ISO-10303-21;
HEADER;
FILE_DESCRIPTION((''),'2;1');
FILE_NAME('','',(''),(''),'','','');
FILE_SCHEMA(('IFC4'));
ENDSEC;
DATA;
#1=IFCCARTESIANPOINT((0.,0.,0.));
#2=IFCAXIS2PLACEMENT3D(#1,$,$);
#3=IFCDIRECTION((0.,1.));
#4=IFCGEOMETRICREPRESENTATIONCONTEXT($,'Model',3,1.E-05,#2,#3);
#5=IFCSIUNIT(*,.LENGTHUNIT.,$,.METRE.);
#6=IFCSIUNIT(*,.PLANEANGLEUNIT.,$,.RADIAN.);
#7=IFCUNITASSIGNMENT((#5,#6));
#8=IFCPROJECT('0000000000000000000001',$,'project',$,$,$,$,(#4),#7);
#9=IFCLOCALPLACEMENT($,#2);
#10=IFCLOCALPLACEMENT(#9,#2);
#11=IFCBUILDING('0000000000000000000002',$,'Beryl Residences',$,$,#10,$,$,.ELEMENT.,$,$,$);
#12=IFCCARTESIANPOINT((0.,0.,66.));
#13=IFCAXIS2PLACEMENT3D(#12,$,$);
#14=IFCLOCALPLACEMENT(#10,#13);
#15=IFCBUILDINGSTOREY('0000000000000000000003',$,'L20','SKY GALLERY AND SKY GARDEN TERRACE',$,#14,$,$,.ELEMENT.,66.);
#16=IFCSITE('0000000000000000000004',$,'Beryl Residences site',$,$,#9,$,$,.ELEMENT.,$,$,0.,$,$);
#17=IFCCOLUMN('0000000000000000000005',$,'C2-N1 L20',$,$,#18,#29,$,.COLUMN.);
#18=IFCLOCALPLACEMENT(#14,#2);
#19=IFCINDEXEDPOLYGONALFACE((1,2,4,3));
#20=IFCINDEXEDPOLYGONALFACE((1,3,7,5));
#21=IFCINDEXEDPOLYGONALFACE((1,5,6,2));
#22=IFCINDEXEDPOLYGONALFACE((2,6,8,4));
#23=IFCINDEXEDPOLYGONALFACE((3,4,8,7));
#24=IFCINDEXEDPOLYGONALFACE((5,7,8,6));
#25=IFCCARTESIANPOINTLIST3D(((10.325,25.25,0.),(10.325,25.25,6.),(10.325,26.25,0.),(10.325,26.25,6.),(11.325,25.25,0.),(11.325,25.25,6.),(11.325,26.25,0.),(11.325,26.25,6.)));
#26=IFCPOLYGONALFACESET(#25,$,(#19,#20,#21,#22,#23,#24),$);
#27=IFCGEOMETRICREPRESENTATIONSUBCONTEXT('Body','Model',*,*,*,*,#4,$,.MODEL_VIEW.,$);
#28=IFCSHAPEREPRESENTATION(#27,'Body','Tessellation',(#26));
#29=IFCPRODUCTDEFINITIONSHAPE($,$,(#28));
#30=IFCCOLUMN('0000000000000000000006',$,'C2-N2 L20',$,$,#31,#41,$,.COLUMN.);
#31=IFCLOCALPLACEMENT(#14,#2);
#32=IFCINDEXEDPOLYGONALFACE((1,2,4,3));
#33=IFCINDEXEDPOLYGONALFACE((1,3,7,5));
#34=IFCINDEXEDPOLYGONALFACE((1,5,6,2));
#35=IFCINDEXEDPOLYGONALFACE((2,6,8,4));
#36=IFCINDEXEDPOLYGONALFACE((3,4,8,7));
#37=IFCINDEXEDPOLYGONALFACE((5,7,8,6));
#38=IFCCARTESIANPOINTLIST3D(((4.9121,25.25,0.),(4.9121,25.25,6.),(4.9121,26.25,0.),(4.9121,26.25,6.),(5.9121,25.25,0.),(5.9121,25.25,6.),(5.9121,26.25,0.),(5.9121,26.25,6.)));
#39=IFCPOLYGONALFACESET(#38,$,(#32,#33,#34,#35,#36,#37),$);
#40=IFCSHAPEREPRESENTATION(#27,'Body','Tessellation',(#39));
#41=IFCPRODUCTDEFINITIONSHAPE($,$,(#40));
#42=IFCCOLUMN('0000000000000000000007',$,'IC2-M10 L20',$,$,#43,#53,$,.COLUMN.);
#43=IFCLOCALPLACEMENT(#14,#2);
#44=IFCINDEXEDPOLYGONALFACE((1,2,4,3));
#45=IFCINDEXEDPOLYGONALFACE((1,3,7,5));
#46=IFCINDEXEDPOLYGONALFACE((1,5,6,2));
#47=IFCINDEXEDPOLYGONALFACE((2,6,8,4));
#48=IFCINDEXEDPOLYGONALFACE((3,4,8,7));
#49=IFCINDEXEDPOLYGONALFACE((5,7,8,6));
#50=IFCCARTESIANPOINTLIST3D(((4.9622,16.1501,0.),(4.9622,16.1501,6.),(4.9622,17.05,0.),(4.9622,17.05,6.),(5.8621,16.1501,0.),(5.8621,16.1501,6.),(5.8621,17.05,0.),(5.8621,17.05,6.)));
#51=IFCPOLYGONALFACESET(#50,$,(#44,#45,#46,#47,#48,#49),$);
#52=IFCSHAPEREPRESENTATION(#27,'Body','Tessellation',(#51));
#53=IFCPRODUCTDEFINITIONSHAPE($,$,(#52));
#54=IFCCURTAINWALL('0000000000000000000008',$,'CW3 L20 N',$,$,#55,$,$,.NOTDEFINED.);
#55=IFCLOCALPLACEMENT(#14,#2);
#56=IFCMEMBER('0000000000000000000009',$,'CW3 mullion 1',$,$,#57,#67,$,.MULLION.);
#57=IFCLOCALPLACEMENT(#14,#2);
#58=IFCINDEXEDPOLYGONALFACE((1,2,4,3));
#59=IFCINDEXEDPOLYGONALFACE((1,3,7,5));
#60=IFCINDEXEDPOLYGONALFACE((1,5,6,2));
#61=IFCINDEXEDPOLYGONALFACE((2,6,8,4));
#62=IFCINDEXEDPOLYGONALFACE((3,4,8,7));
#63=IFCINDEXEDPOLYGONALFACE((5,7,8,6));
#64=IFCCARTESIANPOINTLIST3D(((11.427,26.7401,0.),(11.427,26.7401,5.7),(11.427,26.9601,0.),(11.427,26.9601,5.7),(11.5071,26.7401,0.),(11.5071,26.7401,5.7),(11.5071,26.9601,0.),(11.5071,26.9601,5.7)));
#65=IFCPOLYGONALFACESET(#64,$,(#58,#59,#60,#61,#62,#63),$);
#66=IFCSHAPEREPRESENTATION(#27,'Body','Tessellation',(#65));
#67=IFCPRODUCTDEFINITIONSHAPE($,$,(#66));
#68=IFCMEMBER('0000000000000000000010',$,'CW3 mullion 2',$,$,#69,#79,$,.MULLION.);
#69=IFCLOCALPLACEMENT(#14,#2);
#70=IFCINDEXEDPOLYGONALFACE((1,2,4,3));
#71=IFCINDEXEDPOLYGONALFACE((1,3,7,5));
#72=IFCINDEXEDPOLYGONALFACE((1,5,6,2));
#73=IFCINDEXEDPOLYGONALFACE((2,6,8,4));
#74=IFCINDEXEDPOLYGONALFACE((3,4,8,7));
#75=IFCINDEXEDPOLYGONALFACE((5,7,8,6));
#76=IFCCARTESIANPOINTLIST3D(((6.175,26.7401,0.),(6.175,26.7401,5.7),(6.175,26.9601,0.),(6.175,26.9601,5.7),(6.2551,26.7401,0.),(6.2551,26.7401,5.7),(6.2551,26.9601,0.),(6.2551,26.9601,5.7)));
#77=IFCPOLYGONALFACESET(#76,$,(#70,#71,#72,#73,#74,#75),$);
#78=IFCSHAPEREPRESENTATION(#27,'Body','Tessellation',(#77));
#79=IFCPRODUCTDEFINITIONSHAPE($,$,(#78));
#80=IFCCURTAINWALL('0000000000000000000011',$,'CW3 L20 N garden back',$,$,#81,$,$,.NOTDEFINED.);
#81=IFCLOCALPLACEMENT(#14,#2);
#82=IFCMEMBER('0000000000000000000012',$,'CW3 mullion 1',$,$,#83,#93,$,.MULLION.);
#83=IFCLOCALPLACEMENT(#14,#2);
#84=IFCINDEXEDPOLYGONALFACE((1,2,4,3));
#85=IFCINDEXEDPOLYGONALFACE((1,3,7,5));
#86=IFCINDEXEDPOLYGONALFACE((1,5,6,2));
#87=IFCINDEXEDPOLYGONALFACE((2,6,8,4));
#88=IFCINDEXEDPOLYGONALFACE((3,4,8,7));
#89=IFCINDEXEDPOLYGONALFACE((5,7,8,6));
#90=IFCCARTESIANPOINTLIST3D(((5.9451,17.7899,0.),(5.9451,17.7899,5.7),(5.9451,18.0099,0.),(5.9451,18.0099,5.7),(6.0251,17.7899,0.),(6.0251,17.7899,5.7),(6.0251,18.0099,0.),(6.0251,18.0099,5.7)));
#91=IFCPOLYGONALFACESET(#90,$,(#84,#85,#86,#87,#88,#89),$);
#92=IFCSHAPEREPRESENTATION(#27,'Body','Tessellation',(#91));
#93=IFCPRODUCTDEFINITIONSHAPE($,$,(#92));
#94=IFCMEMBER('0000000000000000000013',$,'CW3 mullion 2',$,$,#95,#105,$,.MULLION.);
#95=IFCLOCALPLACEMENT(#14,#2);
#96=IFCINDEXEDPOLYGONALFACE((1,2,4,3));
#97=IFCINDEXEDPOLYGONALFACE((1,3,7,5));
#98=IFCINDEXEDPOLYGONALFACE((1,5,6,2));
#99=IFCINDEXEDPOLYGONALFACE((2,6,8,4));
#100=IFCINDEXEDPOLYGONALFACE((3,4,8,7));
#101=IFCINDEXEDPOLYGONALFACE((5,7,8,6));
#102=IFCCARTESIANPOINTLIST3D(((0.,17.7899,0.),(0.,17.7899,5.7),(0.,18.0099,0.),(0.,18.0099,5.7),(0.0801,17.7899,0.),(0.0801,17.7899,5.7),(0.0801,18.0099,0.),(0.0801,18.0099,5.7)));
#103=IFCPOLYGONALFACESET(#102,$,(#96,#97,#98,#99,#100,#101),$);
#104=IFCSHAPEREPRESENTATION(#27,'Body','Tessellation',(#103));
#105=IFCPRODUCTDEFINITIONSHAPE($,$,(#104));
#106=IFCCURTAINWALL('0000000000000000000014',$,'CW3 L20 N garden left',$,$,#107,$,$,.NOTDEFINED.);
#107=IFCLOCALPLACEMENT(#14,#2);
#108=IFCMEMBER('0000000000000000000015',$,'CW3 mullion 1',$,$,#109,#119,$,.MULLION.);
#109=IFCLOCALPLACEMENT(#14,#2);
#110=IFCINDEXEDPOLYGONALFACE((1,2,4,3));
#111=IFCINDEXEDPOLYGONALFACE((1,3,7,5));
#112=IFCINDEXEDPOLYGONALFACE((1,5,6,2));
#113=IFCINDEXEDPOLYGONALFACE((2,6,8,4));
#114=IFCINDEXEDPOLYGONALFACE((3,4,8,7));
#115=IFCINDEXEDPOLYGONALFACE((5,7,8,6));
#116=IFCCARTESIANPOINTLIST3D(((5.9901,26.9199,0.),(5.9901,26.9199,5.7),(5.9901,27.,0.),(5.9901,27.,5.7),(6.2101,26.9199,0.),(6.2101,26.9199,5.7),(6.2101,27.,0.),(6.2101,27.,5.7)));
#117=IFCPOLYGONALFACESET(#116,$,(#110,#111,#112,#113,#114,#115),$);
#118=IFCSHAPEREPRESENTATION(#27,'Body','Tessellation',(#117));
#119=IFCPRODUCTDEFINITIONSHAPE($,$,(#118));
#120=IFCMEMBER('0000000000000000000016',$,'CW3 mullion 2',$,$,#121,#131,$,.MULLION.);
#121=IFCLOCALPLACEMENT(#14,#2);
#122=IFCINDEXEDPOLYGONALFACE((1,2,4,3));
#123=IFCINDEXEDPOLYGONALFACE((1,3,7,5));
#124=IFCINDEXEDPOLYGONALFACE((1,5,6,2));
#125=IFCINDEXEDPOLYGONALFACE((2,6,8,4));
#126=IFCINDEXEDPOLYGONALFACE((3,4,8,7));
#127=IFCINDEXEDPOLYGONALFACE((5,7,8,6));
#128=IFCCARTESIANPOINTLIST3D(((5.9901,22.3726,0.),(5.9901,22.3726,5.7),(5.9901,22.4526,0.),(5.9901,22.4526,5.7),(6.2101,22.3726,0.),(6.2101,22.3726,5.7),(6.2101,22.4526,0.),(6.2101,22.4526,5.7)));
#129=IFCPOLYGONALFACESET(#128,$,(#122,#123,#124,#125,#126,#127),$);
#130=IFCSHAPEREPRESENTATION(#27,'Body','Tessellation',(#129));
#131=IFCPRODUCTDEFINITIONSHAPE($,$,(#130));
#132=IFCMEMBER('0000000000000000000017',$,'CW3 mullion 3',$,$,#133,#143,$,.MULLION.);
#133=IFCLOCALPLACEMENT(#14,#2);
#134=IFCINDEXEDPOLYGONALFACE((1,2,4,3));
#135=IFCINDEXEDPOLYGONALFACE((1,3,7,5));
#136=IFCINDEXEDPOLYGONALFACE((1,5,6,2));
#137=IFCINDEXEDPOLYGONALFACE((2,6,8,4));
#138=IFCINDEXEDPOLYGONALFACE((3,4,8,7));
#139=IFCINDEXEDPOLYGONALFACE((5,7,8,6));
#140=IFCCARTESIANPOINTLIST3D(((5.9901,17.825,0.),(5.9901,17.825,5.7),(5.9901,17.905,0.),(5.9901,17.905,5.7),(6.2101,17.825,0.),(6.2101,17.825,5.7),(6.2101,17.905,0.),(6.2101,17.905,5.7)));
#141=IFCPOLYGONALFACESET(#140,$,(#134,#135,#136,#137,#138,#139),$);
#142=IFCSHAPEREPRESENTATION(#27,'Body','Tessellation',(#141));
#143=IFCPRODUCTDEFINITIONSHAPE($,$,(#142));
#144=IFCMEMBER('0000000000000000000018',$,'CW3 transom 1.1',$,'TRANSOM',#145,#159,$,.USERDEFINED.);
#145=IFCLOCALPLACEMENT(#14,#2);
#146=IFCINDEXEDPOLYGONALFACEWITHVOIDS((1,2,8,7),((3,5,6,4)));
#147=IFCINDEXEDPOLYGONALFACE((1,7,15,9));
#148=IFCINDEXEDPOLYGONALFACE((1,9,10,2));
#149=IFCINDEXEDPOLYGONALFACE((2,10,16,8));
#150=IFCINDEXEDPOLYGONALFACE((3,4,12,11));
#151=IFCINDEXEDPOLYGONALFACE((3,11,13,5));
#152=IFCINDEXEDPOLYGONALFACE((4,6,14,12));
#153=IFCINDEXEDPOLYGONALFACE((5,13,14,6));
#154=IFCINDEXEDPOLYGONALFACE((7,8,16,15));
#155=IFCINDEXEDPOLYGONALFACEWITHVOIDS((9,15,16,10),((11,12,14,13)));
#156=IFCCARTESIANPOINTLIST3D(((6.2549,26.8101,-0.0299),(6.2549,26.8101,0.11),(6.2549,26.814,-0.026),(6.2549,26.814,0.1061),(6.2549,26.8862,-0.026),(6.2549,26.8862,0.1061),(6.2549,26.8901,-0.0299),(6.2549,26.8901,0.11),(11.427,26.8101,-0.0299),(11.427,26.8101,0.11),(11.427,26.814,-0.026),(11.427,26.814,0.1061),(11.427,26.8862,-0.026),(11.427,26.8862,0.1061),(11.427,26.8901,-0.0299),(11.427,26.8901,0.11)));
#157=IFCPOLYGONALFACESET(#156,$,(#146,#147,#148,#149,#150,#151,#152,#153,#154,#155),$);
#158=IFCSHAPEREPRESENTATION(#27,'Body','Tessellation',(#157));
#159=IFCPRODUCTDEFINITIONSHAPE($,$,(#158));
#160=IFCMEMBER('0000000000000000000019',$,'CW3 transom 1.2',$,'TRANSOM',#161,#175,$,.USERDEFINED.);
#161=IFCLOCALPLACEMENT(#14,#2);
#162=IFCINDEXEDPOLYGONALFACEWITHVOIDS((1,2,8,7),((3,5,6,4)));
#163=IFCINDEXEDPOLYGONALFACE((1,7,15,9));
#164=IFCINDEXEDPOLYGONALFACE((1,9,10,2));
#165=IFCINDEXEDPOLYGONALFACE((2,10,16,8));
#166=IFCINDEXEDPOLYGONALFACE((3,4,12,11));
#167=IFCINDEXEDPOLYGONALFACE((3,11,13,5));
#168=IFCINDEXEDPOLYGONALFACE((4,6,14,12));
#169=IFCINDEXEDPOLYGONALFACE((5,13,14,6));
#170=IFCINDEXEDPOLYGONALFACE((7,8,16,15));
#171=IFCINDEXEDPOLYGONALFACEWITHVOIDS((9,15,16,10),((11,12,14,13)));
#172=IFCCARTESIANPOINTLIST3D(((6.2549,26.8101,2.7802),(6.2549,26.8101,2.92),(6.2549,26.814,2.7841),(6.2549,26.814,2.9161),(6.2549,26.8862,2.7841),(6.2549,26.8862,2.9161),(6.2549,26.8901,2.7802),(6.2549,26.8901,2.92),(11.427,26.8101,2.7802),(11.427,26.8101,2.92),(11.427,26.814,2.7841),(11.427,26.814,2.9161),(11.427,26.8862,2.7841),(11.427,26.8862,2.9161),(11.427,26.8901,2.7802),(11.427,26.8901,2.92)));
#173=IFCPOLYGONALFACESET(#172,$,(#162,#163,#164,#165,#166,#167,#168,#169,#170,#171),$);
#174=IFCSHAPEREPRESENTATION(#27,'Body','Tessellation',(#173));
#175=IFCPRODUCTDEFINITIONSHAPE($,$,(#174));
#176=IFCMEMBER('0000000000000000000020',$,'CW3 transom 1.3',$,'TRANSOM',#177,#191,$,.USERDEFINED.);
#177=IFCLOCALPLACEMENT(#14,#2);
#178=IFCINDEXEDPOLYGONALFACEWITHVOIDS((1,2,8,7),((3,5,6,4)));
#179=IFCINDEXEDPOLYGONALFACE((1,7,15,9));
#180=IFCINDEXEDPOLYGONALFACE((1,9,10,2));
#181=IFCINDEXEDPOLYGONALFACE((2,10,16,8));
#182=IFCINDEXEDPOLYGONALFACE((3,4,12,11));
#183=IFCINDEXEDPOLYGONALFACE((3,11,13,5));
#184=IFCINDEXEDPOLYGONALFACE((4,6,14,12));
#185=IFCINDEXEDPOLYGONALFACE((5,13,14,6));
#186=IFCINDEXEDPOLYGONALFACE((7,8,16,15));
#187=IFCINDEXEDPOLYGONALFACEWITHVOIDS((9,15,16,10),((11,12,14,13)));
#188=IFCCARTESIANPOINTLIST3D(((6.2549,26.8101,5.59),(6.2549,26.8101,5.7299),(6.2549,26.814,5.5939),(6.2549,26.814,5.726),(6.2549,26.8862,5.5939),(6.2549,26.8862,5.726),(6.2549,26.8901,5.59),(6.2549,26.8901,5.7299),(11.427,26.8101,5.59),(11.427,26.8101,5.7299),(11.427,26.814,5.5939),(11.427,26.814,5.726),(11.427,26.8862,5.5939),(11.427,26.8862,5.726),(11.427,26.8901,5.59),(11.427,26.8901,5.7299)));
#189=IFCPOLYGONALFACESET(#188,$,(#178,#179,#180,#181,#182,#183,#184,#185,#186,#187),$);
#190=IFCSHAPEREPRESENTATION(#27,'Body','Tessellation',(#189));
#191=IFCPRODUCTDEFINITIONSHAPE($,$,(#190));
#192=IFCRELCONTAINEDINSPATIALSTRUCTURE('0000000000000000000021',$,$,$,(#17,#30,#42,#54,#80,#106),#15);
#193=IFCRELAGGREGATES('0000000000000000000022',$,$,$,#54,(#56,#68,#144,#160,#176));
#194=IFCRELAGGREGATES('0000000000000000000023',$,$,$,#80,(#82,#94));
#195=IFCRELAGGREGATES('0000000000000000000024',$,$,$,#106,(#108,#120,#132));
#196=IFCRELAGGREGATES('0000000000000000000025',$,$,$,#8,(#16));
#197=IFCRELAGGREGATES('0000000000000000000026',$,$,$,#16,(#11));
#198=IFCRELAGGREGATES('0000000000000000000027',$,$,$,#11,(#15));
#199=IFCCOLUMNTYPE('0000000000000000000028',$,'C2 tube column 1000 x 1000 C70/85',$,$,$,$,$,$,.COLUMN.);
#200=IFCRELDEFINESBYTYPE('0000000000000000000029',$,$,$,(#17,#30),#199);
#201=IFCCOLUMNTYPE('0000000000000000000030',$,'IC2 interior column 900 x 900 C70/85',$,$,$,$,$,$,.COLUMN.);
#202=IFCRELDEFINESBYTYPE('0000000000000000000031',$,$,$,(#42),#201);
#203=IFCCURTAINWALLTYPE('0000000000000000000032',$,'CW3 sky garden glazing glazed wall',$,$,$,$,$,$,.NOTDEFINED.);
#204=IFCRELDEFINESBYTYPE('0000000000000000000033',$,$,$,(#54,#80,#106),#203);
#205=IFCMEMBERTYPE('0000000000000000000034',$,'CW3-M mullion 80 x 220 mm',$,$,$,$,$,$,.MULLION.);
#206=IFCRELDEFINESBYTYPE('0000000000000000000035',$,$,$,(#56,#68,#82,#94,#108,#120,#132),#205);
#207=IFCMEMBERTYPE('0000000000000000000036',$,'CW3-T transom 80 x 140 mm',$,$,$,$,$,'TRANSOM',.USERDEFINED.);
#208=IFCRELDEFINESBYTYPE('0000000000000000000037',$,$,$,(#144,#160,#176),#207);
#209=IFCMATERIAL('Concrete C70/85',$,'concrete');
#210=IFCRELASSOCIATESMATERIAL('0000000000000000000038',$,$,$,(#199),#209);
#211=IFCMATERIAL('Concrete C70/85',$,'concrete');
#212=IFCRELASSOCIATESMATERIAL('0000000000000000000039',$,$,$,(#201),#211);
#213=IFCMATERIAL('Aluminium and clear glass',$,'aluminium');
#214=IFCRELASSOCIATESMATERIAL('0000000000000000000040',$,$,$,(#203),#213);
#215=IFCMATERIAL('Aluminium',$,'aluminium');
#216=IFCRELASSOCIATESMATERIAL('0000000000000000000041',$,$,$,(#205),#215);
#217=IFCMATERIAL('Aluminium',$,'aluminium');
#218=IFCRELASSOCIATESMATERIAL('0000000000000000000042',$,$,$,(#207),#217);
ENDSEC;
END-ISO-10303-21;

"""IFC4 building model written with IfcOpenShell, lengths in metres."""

from ifc_helpers import new_model, si_unit, direction, frame, origin, origin_2d, place, context, subcontext, project, spatial, rectangle, hollow_rectangle, extrude, material, material_profile, profile_set, type_object, element, aggregate, save


model = new_model("IFC4")

# Units and contexts
model_context = context("Model", 3, precision=1e-05, world=origin(), true_north=direction((0.0, 1.0)))
body_context = subcontext(model_context, "Body", "Model", "MODEL_VIEW")
ifc_project = project(units=[si_unit("LENGTHUNIT", "METRE"), si_unit("PLANEANGLEUNIT", "RADIAN")], contexts=[model_context])

# Site, building, storey
site_placement = place(None, origin())
site = spatial("IfcSite", under=ifc_project, at=site_placement, Name="Beryl Residences site", CompositionType="ELEMENT", RefElevation=0.0)
building_placement = place(site_placement, origin())
building = spatial("IfcBuilding", under=site, at=building_placement, Name="Beryl Residences", CompositionType="ELEMENT")
storey_placement = place(building_placement, frame((0.0, 0.0, 66.0)))
storey = spatial("IfcBuildingStorey", under=building, at=storey_placement, Name="L20", Description="SKY GALLERY AND SKY GARDEN TERRACE", CompositionType="ELEMENT", Elevation=66.0)

# Columns
ifc_material_1 = material(Name="Concrete C70/85", Category="concrete")
ifc_material_profile_1 = material_profile(ifc_material_1, rectangle(XDim=1.0, YDim=1.0, at=origin_2d()))
ifc_profile_set_1 = profile_set([ifc_material_profile_1], Name="Concrete C70/85")
column_type_1 = type_object("IfcColumnType", Name="C2 tube column 1000 x 1000 C70/85", PredefinedType="COLUMN", material=ifc_profile_set_1)
for number, where, z_axis, x_axis, name in (
    (1, (10.825, 25.75, 0.0), (0.0, 0.0, 1.0), (-1.0, 0.0, 0.0), "C2-N1 L20"),
    (2, (5.4121, 25.75, 0.0), (0.0, 0.0, 1.0), (-1.0, 0.0, 0.0), "C2-N2 L20"),
):
    element("IfcColumn", number, at=place(storey_placement, frame(where, z_axis=z_axis, x_axis=x_axis)), inside=storey, type_object=column_type_1, Name=name, PredefinedType="COLUMN", context=body_context, shape_type="SweptSolid", body=[
        extrude(rectangle(XDim=1.0, YDim=1.0, at=origin_2d()), origin(), (0.0, 0.0, 1.0), 6.0),
    ])
ifc_material_2 = material(Name="Concrete C70/85", Category="concrete")
ifc_material_profile_2 = material_profile(ifc_material_2, rectangle(XDim=0.8999, YDim=0.8999, at=origin_2d()))
ifc_profile_set_2 = profile_set([ifc_material_profile_2], Name="Concrete C70/85")
column_type_2 = type_object("IfcColumnType", Name="IC2 interior column 900 x 900 C70/85", PredefinedType="COLUMN", material=ifc_profile_set_2)
column_placement = place(storey_placement, frame((5.4121, 16.6001, 0.0), z_axis=(0.0, 0.0, 1.0), x_axis=(-1.0, 0.0, 0.0)))
element("IfcColumn", 3, at=column_placement, inside=storey, type_object=column_type_2, Name="IC2-M10 L20", PredefinedType="COLUMN", context=body_context, shape_type="SweptSolid", body=[
    extrude(rectangle(XDim=0.8999, YDim=0.8999, at=origin_2d()), origin(), (0.0, 0.0, 1.0), 6.0),
])

# Curtain walls, members
ifc_material_3 = material(Name="Aluminium and clear glass", Category="aluminium")
curtain_wall_type = type_object("IfcCurtainWallType", Name="CW3 sky garden glazing glazed wall", PredefinedType="NOTDEFINED", material=ifc_material_3)
curtain_wall_1_placement = place(storey_placement, origin())
curtain_wall_1 = element("IfcCurtainWall", 4, at=curtain_wall_1_placement, inside=storey, type_object=curtain_wall_type, Name="CW3 L20 N", PredefinedType="NOTDEFINED")
ifc_material_4 = material(Name="Aluminium", Category="aluminium")
ifc_material_profile_3 = material_profile(ifc_material_4, rectangle(XDim=0.0801, YDim=0.22, at=origin_2d()))
ifc_profile_set_3 = profile_set([ifc_material_profile_3], Name="Aluminium")
member_type_1 = type_object("IfcMemberType", Name="CW3-M mullion 80 x 220 mm", PredefinedType="MULLION", material=ifc_profile_set_3)
member_1_placement = place(storey_placement, frame((11.467, 26.8501, 0.0), z_axis=(0.0, 0.0, 1.0), x_axis=(-1.0, 0.0, 0.0)))
member_1 = element("IfcMember", 5, at=member_1_placement, type_object=member_type_1, Name="CW3 mullion 1", PredefinedType="MULLION", context=body_context, shape_type="SweptSolid", body=[
    extrude(rectangle(XDim=0.0801, YDim=0.22, at=origin_2d()), origin(), (0.0, 0.0, 1.0), 5.7),
])
member_2_placement = place(storey_placement, frame((6.2151, 26.8501, 0.0), z_axis=(0.0, 0.0, 1.0), x_axis=(-1.0, 0.0, 0.0)))
member_2 = element("IfcMember", 6, at=member_2_placement, type_object=member_type_1, Name="CW3 mullion 2", PredefinedType="MULLION", context=body_context, shape_type="SweptSolid", body=[
    extrude(rectangle(XDim=0.0801, YDim=0.22, at=origin_2d()), origin(), (0.0, 0.0, 1.0), 5.7),
])
curtain_wall_2_placement = place(storey_placement, origin())
curtain_wall_2 = element("IfcCurtainWall", 7, at=curtain_wall_2_placement, inside=storey, type_object=curtain_wall_type, Name="CW3 L20 N garden back", PredefinedType="NOTDEFINED")
member_3_placement = place(storey_placement, frame((5.9851, 17.8999, 0.0), z_axis=(0.0, 0.0, 1.0), x_axis=(-1.0, 0.0, 0.0)))
member_3 = element("IfcMember", 8, at=member_3_placement, type_object=member_type_1, Name="CW3 mullion 1", PredefinedType="MULLION", context=body_context, shape_type="SweptSolid", body=[
    extrude(rectangle(XDim=0.0801, YDim=0.22, at=origin_2d()), origin(), (0.0, 0.0, 1.0), 5.7),
])
member_4_placement = place(storey_placement, frame((0.04, 17.8999, 0.0), z_axis=(0.0, 0.0, 1.0), x_axis=(-1.0, 0.0, 0.0)))
member_4 = element("IfcMember", 9, at=member_4_placement, type_object=member_type_1, Name="CW3 mullion 2", PredefinedType="MULLION", context=body_context, shape_type="SweptSolid", body=[
    extrude(rectangle(XDim=0.0801, YDim=0.22, at=origin_2d()), origin(), (0.0, 0.0, 1.0), 5.7),
])
curtain_wall_3_placement = place(storey_placement, origin())
curtain_wall_3 = element("IfcCurtainWall", 10, at=curtain_wall_3_placement, inside=storey, type_object=curtain_wall_type, Name="CW3 L20 N garden left", PredefinedType="NOTDEFINED")
member_5_placement = place(storey_placement, frame((6.1001, 26.96, 0.0), z_axis=(0.0, 0.0, 1.0), x_axis=(0.0, -1.0, 0.0)))
member_5 = element("IfcMember", 11, at=member_5_placement, type_object=member_type_1, Name="CW3 mullion 1", PredefinedType="MULLION", context=body_context, shape_type="SweptSolid", body=[
    extrude(rectangle(XDim=0.0801, YDim=0.22, at=origin_2d()), origin(), (0.0, 0.0, 1.0), 5.7),
])
member_6_placement = place(storey_placement, frame((6.1001, 22.4126, 0.0), z_axis=(0.0, 0.0, 1.0), x_axis=(0.0, -1.0, 0.0)))
member_6 = element("IfcMember", 12, at=member_6_placement, type_object=member_type_1, Name="CW3 mullion 2", PredefinedType="MULLION", context=body_context, shape_type="SweptSolid", body=[
    extrude(rectangle(XDim=0.0801, YDim=0.22, at=origin_2d()), origin(), (0.0, 0.0, 1.0), 5.7),
])
member_7_placement = place(storey_placement, frame((6.1001, 17.865, 0.0), z_axis=(0.0, 0.0, 1.0), x_axis=(0.0, -1.0, 0.0)))
member_7 = element("IfcMember", 13, at=member_7_placement, type_object=member_type_1, Name="CW3 mullion 3", PredefinedType="MULLION", context=body_context, shape_type="SweptSolid", body=[
    extrude(rectangle(XDim=0.0801, YDim=0.22, at=origin_2d()), origin(), (0.0, 0.0, 1.0), 5.7),
])

# Members
ifc_material_5 = material(Name="Aluminium", Category="aluminium")
ifc_material_profile_4 = material_profile(ifc_material_5, hollow_rectangle(XDim=0.0801, YDim=0.1399, WallThickness=0.0039, at=origin_2d()))
ifc_profile_set_4 = profile_set([ifc_material_profile_4], Name="Aluminium")
member_type_2 = type_object("IfcMemberType", Name="CW3-T transom 80 x 140 mm", ElementType="TRANSOM", PredefinedType="USERDEFINED", material=ifc_profile_set_4)
member_8_placement = place(storey_placement, frame((11.427, 26.8501, 0.04), z_axis=(-1.0, 0.0, 0.0), x_axis=(0.0, -1.0, 0.0)))
member_8 = element("IfcMember", 14, at=member_8_placement, type_object=member_type_2, Name="CW3 transom 1.1", ObjectType="TRANSOM", PredefinedType="USERDEFINED", context=body_context, shape_type="SweptSolid", body=[
    extrude(hollow_rectangle(XDim=0.0801, YDim=0.1399, WallThickness=0.0039, at=origin_2d()), origin(), (0.0, 0.0, 1.0), 5.1721),
])
member_9_placement = place(storey_placement, frame((11.427, 26.8501, 2.8501), z_axis=(-1.0, 0.0, 0.0), x_axis=(0.0, -1.0, 0.0)))
member_9 = element("IfcMember", 15, at=member_9_placement, type_object=member_type_2, Name="CW3 transom 1.2", ObjectType="TRANSOM", PredefinedType="USERDEFINED", context=body_context, shape_type="SweptSolid", body=[
    extrude(hollow_rectangle(XDim=0.0801, YDim=0.1399, WallThickness=0.0039, at=origin_2d()), origin(), (0.0, 0.0, 1.0), 5.1721),
])
member_10_placement = place(storey_placement, frame((11.427, 26.8501, 5.6599), z_axis=(-1.0, 0.0, 0.0), x_axis=(0.0, -1.0, 0.0)))
member_10 = element("IfcMember", 16, at=member_10_placement, type_object=member_type_2, Name="CW3 transom 1.3", ObjectType="TRANSOM", PredefinedType="USERDEFINED", context=body_context, shape_type="SweptSolid", body=[
    extrude(hollow_rectangle(XDim=0.0801, YDim=0.1399, WallThickness=0.0039, at=origin_2d()), origin(), (0.0, 0.0, 1.0), 5.1721),
])

aggregate(curtain_wall_1, [member_1, member_2, member_8, member_9, member_10])
aggregate(curtain_wall_2, [member_3, member_4])
aggregate(curtain_wall_3, [member_5, member_6, member_7])

save(model, "model.ifc")
